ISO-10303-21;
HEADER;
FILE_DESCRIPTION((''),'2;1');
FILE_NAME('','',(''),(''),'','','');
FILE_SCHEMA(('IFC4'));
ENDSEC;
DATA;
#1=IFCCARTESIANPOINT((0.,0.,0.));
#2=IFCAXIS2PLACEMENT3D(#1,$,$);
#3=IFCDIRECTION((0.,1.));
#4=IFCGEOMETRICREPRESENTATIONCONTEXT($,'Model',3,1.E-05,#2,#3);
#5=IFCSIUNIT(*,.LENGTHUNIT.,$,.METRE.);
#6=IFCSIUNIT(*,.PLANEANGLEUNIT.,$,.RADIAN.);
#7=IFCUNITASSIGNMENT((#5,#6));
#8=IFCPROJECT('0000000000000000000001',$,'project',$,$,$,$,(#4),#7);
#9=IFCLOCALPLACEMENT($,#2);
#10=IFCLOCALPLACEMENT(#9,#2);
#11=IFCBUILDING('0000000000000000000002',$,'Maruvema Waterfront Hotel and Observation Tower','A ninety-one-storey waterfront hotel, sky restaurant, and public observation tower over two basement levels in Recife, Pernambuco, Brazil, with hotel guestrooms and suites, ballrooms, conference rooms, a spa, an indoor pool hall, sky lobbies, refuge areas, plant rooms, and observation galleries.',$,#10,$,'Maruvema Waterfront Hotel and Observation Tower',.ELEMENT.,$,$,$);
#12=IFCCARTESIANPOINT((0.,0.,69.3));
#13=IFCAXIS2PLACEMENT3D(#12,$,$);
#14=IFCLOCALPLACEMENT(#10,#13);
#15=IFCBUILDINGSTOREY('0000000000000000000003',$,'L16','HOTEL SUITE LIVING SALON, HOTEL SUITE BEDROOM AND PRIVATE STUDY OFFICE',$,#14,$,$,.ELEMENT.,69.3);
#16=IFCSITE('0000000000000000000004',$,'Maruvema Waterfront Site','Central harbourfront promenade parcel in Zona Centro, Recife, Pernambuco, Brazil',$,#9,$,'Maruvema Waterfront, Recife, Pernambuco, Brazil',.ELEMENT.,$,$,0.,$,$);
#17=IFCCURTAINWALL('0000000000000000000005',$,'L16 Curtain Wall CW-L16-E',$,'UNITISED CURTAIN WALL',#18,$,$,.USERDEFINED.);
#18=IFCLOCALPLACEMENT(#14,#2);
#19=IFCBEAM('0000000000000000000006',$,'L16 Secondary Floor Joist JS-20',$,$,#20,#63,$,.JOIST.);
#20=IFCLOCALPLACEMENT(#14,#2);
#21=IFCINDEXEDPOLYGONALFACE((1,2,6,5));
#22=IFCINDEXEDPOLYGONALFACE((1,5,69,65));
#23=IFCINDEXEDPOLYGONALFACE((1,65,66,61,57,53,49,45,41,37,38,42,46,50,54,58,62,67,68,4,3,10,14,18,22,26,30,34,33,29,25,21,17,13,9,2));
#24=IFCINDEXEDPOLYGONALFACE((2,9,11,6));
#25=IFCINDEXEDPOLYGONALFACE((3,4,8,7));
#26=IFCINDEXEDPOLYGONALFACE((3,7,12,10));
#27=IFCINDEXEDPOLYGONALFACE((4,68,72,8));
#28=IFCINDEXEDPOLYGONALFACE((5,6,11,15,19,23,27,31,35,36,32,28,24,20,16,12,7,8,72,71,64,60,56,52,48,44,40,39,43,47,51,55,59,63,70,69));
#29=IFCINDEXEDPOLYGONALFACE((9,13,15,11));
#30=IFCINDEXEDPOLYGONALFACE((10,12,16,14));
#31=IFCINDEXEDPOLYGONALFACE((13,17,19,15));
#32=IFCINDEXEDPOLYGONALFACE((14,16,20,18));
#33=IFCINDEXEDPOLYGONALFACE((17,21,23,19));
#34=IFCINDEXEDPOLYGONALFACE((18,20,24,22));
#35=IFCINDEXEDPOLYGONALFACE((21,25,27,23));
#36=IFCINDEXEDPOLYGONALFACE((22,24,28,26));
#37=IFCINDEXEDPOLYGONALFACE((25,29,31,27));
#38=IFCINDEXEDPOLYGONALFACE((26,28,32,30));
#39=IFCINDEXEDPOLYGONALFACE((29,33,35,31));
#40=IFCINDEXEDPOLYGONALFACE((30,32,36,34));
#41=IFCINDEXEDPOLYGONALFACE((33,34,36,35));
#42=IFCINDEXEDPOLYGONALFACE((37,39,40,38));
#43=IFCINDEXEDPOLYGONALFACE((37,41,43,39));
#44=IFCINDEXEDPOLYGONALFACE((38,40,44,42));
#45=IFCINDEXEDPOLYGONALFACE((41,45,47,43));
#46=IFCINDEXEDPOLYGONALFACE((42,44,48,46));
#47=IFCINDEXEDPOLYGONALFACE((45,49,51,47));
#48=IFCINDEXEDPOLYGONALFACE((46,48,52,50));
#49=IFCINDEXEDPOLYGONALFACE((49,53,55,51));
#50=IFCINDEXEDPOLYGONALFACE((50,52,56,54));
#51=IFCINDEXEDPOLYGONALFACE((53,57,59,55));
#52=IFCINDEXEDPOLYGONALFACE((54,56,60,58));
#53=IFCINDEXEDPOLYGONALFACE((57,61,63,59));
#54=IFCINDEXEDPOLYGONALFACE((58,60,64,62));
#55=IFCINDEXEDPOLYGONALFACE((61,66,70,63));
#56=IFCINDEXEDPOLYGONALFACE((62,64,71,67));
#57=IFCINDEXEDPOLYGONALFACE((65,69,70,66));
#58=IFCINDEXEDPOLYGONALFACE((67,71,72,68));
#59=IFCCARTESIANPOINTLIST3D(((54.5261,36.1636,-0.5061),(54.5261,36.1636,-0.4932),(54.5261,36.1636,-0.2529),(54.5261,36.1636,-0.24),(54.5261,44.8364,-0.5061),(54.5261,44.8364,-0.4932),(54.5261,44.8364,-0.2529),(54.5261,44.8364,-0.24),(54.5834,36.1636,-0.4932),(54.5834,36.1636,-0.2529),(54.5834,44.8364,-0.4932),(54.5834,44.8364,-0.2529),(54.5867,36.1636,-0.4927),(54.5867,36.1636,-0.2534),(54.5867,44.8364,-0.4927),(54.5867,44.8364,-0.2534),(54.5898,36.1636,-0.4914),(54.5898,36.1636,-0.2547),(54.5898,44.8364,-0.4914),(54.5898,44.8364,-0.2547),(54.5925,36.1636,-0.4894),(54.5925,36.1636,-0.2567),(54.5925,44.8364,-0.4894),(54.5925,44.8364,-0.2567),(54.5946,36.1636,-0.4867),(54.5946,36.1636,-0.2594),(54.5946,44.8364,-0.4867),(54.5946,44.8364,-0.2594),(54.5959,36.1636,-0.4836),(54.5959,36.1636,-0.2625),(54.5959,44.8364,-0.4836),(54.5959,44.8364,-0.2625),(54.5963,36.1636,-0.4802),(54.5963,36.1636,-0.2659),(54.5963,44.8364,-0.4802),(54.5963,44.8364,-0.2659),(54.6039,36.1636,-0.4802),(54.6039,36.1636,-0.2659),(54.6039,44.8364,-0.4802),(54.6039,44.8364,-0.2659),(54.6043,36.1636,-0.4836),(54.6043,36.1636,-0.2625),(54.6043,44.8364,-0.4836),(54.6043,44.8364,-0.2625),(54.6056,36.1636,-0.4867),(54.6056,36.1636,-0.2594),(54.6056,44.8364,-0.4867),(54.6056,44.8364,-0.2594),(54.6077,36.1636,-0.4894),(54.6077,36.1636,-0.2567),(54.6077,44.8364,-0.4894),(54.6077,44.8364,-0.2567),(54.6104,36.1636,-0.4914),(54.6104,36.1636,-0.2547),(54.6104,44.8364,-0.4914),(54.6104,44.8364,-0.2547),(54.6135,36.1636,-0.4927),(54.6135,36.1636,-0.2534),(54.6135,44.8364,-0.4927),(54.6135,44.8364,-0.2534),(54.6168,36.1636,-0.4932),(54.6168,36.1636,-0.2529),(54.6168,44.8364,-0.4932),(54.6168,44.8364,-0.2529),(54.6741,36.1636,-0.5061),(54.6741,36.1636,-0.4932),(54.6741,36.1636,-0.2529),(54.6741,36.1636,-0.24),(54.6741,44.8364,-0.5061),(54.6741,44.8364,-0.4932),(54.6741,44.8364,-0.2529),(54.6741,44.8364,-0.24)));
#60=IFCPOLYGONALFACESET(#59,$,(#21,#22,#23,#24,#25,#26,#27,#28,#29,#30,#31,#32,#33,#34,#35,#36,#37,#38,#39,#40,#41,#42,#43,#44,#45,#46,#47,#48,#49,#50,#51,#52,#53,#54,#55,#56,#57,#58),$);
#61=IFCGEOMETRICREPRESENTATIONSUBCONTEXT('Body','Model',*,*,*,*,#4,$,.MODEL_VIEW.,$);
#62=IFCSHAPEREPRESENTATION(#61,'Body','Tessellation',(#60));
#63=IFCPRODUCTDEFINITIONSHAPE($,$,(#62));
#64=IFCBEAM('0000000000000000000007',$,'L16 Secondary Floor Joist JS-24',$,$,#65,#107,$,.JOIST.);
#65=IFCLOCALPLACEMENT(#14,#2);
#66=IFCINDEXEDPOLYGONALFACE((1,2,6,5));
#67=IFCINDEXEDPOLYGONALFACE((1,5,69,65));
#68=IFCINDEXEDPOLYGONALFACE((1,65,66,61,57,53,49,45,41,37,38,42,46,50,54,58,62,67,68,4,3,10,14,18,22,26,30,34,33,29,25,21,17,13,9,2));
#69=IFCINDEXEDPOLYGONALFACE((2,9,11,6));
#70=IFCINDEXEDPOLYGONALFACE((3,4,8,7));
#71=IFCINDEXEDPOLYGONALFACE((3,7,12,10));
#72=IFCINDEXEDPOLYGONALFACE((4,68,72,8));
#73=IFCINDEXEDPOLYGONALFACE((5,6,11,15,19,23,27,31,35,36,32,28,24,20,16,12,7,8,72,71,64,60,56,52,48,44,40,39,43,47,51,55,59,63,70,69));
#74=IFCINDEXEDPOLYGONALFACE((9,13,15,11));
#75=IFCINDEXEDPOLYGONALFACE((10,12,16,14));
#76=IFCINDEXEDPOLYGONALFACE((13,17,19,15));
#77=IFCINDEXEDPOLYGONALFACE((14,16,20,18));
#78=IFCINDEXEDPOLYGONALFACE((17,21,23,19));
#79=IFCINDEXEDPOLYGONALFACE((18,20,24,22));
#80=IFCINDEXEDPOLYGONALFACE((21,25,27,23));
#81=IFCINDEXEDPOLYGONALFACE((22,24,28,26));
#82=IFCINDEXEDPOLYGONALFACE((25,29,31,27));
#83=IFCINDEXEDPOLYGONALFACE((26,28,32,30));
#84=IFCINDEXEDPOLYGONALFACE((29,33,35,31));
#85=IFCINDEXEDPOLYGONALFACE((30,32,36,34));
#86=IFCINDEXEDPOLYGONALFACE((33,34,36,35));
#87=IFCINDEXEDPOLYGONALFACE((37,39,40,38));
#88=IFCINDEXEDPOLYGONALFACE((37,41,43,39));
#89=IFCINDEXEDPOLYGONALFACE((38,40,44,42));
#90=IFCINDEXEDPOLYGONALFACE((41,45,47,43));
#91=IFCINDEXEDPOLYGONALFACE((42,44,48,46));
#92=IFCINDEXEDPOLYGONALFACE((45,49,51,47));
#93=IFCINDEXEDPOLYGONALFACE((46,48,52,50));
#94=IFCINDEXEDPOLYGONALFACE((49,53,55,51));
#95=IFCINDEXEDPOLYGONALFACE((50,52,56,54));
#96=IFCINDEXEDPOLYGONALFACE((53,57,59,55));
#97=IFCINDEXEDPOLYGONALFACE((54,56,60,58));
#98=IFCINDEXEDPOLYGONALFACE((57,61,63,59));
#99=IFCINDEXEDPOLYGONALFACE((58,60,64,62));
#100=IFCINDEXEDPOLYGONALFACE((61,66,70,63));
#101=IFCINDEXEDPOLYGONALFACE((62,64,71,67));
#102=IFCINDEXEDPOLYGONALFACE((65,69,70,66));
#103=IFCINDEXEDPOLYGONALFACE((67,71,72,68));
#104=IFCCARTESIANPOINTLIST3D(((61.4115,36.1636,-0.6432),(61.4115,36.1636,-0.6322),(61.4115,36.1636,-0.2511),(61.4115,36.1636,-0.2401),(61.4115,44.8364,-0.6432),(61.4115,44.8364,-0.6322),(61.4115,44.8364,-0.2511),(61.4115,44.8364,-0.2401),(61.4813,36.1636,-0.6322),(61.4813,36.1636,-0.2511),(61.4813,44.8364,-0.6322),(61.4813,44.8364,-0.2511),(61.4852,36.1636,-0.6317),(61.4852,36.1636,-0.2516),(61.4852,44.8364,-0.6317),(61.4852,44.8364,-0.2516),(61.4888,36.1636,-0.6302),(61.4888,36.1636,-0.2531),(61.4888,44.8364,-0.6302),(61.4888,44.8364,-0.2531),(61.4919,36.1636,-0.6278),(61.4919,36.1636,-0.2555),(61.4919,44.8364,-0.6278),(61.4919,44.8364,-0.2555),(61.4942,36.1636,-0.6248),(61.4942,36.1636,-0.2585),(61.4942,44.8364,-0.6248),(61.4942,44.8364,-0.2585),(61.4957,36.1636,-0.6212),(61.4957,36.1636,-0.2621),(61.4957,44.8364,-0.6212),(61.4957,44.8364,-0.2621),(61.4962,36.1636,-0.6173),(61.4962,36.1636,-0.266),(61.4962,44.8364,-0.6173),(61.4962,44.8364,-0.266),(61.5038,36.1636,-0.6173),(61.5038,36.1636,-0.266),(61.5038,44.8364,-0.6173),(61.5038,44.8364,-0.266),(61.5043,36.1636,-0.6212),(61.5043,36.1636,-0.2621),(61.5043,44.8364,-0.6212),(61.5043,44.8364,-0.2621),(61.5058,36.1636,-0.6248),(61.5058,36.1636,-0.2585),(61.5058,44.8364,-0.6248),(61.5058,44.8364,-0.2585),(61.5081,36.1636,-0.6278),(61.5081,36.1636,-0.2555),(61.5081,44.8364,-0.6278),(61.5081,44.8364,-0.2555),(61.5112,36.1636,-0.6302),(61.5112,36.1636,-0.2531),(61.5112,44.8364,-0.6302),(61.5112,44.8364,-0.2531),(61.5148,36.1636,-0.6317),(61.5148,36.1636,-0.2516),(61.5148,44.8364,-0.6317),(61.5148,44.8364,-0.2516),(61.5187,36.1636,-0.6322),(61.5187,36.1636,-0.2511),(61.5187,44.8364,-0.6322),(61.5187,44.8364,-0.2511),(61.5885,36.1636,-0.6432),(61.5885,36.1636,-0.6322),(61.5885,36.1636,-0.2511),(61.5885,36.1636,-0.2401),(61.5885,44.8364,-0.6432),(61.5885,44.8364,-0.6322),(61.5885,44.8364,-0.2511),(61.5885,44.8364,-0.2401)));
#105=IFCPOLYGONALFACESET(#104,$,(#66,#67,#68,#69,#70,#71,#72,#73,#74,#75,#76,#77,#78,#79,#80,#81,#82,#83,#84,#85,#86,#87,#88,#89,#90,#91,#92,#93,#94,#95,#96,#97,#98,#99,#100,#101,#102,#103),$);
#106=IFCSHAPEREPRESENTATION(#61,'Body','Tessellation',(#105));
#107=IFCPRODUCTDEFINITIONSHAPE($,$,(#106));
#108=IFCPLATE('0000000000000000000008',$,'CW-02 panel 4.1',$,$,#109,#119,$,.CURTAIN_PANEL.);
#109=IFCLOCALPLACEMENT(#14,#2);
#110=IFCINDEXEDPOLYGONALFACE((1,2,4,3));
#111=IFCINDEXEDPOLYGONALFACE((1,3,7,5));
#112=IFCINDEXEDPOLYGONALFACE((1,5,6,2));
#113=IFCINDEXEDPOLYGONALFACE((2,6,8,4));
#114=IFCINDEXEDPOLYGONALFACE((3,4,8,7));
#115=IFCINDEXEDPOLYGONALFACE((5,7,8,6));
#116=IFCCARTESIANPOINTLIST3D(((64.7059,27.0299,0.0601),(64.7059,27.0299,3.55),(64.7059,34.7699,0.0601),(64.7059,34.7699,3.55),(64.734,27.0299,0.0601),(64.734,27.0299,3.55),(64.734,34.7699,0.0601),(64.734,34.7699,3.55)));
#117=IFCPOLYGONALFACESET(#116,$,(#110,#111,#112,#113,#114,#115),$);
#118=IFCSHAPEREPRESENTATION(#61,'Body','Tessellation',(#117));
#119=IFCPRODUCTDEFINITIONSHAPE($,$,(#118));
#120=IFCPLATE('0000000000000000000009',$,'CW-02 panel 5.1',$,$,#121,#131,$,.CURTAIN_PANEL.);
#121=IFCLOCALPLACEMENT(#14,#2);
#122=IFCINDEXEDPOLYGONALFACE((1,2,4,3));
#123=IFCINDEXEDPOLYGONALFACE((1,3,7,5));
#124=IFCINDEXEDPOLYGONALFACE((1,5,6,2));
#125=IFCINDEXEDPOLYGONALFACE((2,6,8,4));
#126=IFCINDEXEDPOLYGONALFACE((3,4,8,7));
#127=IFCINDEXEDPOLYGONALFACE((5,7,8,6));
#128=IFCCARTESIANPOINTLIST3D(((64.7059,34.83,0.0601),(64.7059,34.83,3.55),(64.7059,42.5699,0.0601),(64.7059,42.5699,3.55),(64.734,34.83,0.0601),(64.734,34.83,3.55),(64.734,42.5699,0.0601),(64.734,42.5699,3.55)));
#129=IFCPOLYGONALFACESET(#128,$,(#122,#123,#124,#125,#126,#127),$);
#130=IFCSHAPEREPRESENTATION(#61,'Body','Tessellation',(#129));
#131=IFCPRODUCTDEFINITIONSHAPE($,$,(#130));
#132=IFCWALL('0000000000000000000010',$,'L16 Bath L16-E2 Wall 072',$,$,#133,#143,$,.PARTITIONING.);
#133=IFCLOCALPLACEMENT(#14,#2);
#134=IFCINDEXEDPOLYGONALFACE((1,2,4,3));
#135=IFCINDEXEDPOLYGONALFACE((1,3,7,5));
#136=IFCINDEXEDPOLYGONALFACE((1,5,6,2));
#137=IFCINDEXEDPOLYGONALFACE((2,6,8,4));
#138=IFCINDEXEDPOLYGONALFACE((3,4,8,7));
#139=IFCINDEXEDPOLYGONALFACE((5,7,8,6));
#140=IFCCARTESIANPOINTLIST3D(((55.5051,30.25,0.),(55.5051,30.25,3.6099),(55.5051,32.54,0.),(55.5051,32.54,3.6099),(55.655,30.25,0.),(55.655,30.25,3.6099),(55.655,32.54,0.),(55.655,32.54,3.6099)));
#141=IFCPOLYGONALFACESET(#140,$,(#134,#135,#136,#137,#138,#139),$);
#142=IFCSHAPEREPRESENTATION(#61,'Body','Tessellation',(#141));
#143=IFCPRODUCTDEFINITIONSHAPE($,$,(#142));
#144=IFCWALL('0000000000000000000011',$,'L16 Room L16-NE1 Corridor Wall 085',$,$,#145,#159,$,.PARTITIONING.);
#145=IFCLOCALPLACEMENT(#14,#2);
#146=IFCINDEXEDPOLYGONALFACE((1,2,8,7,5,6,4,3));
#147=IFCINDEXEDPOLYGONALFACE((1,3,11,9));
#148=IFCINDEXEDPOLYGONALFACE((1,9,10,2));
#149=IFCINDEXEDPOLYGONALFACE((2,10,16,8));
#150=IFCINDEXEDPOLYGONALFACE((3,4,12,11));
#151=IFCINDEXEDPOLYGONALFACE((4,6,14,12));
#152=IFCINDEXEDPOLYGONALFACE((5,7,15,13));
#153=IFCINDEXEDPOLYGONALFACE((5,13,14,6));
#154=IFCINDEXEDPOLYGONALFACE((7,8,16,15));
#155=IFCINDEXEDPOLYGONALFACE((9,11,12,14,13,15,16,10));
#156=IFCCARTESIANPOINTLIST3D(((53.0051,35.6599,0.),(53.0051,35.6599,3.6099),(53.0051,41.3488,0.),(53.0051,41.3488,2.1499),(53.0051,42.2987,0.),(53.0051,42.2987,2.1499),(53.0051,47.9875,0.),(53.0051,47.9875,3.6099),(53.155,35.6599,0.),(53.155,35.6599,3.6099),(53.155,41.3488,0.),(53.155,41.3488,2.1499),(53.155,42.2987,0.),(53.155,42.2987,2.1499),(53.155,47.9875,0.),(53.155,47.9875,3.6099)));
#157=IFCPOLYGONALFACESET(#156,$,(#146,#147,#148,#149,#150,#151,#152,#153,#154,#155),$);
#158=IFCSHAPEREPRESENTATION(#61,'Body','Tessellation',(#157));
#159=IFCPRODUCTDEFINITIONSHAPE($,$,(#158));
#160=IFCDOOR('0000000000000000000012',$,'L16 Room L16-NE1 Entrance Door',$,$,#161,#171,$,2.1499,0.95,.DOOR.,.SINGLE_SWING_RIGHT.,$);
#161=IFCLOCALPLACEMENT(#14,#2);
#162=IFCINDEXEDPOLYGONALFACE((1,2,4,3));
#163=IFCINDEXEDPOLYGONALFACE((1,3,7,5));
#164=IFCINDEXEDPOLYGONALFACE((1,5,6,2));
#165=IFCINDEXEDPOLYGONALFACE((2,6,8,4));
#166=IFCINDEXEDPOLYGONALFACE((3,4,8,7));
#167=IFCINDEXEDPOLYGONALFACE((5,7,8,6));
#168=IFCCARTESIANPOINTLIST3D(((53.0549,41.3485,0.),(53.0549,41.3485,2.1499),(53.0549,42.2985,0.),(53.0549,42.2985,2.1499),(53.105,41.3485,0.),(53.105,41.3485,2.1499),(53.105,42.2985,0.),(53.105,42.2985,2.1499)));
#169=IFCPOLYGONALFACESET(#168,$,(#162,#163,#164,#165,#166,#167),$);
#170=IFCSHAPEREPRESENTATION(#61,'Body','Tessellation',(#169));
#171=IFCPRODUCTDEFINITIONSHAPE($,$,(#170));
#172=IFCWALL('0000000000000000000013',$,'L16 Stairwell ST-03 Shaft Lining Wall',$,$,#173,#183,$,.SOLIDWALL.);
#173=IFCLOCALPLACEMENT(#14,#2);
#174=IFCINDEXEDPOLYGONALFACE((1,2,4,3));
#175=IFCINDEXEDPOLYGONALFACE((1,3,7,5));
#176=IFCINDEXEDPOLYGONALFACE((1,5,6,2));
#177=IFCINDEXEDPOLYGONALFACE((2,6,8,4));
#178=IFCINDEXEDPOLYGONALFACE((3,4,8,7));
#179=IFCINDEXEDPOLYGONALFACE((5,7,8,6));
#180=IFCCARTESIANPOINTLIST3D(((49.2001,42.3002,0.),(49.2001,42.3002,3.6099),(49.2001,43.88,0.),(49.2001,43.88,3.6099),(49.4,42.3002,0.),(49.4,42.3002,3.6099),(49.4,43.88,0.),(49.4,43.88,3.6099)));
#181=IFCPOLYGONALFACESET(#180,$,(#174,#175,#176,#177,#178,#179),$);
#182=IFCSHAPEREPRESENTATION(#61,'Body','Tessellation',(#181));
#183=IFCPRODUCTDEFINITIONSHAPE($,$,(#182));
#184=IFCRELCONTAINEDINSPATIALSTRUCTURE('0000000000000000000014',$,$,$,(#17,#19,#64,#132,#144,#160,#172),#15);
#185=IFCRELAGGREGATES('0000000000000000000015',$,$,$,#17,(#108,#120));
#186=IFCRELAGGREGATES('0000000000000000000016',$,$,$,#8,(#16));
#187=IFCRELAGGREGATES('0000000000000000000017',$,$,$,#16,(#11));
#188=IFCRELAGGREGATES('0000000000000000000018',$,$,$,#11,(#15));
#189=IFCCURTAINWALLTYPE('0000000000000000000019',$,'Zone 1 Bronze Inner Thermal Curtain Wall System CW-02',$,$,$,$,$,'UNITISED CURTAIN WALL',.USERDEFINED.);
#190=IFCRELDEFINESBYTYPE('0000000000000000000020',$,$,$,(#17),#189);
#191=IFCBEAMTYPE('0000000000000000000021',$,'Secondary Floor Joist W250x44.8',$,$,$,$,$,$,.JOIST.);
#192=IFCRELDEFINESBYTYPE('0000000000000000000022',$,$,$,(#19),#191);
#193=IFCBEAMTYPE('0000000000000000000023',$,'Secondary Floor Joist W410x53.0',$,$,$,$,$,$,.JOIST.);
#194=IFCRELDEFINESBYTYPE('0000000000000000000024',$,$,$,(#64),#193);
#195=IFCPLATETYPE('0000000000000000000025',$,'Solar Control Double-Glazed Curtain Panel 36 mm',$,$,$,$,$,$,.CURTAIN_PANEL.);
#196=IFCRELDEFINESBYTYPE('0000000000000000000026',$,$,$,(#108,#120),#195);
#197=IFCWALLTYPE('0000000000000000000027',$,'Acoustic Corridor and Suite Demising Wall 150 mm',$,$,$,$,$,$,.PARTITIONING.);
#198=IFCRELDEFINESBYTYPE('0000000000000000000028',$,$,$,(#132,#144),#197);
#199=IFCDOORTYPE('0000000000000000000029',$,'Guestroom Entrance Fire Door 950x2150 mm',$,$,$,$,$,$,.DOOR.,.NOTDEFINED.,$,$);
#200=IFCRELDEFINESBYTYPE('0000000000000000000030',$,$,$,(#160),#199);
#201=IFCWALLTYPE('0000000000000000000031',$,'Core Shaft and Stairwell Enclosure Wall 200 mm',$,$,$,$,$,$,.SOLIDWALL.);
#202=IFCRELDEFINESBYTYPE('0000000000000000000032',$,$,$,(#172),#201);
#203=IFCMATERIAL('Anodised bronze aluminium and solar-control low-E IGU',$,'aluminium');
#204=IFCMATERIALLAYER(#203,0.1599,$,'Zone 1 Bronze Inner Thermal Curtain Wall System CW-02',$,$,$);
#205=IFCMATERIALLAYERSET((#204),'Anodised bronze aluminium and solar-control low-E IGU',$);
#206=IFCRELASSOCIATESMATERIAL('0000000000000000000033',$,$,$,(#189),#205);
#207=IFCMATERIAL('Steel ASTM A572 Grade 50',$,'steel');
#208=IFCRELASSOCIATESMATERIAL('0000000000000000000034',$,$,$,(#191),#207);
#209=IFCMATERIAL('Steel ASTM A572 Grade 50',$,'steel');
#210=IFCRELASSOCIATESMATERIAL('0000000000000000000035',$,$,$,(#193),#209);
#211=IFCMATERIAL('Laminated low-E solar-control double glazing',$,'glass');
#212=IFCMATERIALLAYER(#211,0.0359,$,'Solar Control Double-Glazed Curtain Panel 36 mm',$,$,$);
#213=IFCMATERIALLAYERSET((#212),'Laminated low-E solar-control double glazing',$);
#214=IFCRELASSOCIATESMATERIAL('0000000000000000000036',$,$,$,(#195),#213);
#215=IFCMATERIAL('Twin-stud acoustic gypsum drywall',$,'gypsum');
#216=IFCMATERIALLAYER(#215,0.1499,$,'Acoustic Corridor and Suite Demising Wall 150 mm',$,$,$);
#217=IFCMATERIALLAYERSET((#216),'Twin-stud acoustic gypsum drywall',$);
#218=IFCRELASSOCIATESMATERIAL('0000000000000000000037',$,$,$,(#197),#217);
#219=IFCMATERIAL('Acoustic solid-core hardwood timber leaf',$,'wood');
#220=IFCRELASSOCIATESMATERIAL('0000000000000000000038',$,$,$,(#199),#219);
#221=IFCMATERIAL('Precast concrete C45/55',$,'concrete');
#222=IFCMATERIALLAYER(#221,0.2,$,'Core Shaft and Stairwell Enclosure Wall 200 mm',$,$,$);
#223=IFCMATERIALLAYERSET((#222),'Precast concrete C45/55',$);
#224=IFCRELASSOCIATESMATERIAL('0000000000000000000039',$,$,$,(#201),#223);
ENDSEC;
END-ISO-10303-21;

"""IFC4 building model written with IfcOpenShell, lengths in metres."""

from ifc_helpers import new_model, si_unit, direction, frame, frame_2d, origin, origin_2d, place, context, subcontext, project, spatial, rectangle, i_section, extrude, material, layer, layer_set, material_profile, profile_set, type_object, element, fill, aggregate, save


model = new_model("IFC4")

# Units and contexts
model_context = context("Model", 3, precision=1e-05, world=origin(), true_north=direction((0.0, 1.0)))
body_context = subcontext(model_context, "Body", "Model", "MODEL_VIEW")
ifc_project = project(units=[si_unit("LENGTHUNIT", "METRE"), si_unit("PLANEANGLEUNIT", "RADIAN")], contexts=[model_context])

# Site, building, storey
site_placement = place(None, origin())
site = spatial("IfcSite", under=ifc_project, at=site_placement, Name="Maruvema Waterfront Site", Description="Central harbourfront promenade parcel in Zona Centro, Recife, Pernambuco, Brazil", LongName="Maruvema Waterfront, Recife, Pernambuco, Brazil", CompositionType="ELEMENT", RefElevation=0.0)
building_placement = place(site_placement, origin())
building = spatial("IfcBuilding", under=site, at=building_placement, Name="Maruvema Waterfront Hotel and Observation Tower", Description="A ninety-one-storey waterfront hotel, sky restaurant, and public observation tower over two basement levels in Recife, Pernambuco, Brazil, with hotel guestrooms and suites, ballrooms, conference rooms, a spa, an indoor pool hall, sky lobbies, refuge areas, plant rooms, and observation galleries.", LongName="Maruvema Waterfront Hotel and Observation Tower", CompositionType="ELEMENT")
storey_placement = place(building_placement, frame((0.0, 0.0, 69.3)))
storey = spatial("IfcBuildingStorey", under=building, at=storey_placement, Name="L16", Description="HOTEL SUITE LIVING SALON, HOTEL SUITE BEDROOM AND PRIVATE STUDY OFFICE", CompositionType="ELEMENT", Elevation=69.3)

# Curtain wall
ifc_material_1 = material(Name="Anodised bronze aluminium and solar-control low-E IGU", Category="aluminium")
ifc_layer_1 = layer(ifc_material_1, 0.1599, Name="Zone 1 Bronze Inner Thermal Curtain Wall System CW-02")
ifc_layer_set_1 = layer_set([ifc_layer_1], Name="Anodised bronze aluminium and solar-control low-E IGU")
curtain_wall_type = type_object("IfcCurtainWallType", Name="Zone 1 Bronze Inner Thermal Curtain Wall System CW-02", ElementType="UNITISED CURTAIN WALL", PredefinedType="USERDEFINED", material=ifc_layer_set_1)
curtain_wall_placement = place(storey_placement, origin())
curtain_wall = element("IfcCurtainWall", 1, at=curtain_wall_placement, inside=storey, type_object=curtain_wall_type, Name="L16 Curtain Wall CW-L16-E", ObjectType="UNITISED CURTAIN WALL", PredefinedType="USERDEFINED")

# Beams
ifc_material_2 = material(Name="Steel ASTM A572 Grade 50", Category="steel")
ifc_material_profile_1 = material_profile(ifc_material_2, i_section(OverallWidth=0.1479, OverallDepth=0.2661, WebThickness=0.0076, FlangeThickness=0.0129, FilletRadius=0.0129, at=origin_2d()), Name="W250x44.8")
ifc_profile_set_1 = profile_set([ifc_material_profile_1], Name="Steel ASTM A572 Grade 50")
beam_type_1 = type_object("IfcBeamType", Name="Secondary Floor Joist W250x44.8", PredefinedType="JOIST", material=ifc_profile_set_1)
beam_1_placement = place(storey_placement, frame((54.6001, 36.1636, -0.373), z_axis=(0.0, 1.0, 0.0), x_axis=(-1.0, 0.0, 0.0)))
element("IfcBeam", 2, at=beam_1_placement, inside=storey, type_object=beam_type_1, Name="L16 Secondary Floor Joist JS-20", PredefinedType="JOIST", context=body_context, shape_type="SweptSolid", body=[
    extrude(i_section(OverallWidth=0.1479, OverallDepth=0.2661, WebThickness=0.0076, FlangeThickness=0.0129, FilletRadius=0.0129, at=origin_2d()), origin(), (0.0, 0.0, 1.0), 8.6729),
])
ifc_material_3 = material(Name="Steel ASTM A572 Grade 50", Category="steel")
ifc_material_profile_2 = material_profile(ifc_material_3, i_section(OverallWidth=0.177, OverallDepth=0.4031, WebThickness=0.0076, FlangeThickness=0.011, FilletRadius=0.0149, at=origin_2d()), Name="W410x53.0")
ifc_profile_set_2 = profile_set([ifc_material_profile_2], Name="Steel ASTM A572 Grade 50")
beam_type_2 = type_object("IfcBeamType", Name="Secondary Floor Joist W410x53.0", PredefinedType="JOIST", material=ifc_profile_set_2)
beam_2_placement = place(storey_placement, frame((61.5, 36.1636, -0.4417), z_axis=(0.0, 1.0, 0.0), x_axis=(-1.0, 0.0, 0.0)))
element("IfcBeam", 3, at=beam_2_placement, inside=storey, type_object=beam_type_2, Name="L16 Secondary Floor Joist JS-24", PredefinedType="JOIST", context=body_context, shape_type="SweptSolid", body=[
    extrude(i_section(OverallWidth=0.177, OverallDepth=0.4031, WebThickness=0.0076, FlangeThickness=0.011, FilletRadius=0.0149, at=origin_2d()), origin(), (0.0, 0.0, 1.0), 8.6729),
])

# Plates
ifc_material_4 = material(Name="Laminated low-E solar-control double glazing", Category="glass")
ifc_layer_2 = layer(ifc_material_4, 0.0359, Name="Solar Control Double-Glazed Curtain Panel 36 mm")
ifc_layer_set_2 = layer_set([ifc_layer_2], Name="Laminated low-E solar-control double glazing")
plate_type = type_object("IfcPlateType", Name="Solar Control Double-Glazed Curtain Panel 36 mm", PredefinedType="CURTAIN_PANEL", material=ifc_layer_set_2)
plate_1_placement = place(storey_placement, frame((64.72, 30.8999, 0.0601), z_axis=(0.0, 0.0, 1.0), x_axis=(0.0, 1.0, 0.0)))
plate_1 = element("IfcPlate", 4, at=plate_1_placement, type_object=plate_type, Name="CW-02 panel 4.1", PredefinedType="CURTAIN_PANEL", context=body_context, shape_type="SweptSolid", body=[
    extrude(rectangle(XDim=7.74, YDim=0.0281, at=origin_2d()), origin(), (0.0, 0.0, 1.0), 3.49),
])
plate_2_placement = place(storey_placement, frame((64.72, 38.7, 0.0601), z_axis=(0.0, 0.0, 1.0), x_axis=(0.0, 1.0, 0.0)))
plate_2 = element("IfcPlate", 5, at=plate_2_placement, type_object=plate_type, Name="CW-02 panel 5.1", PredefinedType="CURTAIN_PANEL", context=body_context, shape_type="SweptSolid", body=[
    extrude(rectangle(XDim=7.74, YDim=0.0281, at=origin_2d()), origin(), (0.0, 0.0, 1.0), 3.49),
])
aggregate(curtain_wall, [plate_1, plate_2])

# Wall
ifc_material_5 = material(Name="Twin-stud acoustic gypsum drywall", Category="gypsum")
ifc_layer_3 = layer(ifc_material_5, 0.1499, Name="Acoustic Corridor and Suite Demising Wall 150 mm")
ifc_layer_set_3 = layer_set([ifc_layer_3], Name="Twin-stud acoustic gypsum drywall")
wall_type_1 = type_object("IfcWallType", Name="Acoustic Corridor and Suite Demising Wall 150 mm", PredefinedType="PARTITIONING", material=ifc_layer_set_3)
wall_1_placement = place(storey_placement, frame((55.5801, 30.25, 0.0), z_axis=(0.0, 0.0, 1.0), x_axis=(0.0, 1.0, 0.0)))
element("IfcWall", 6, at=wall_1_placement, inside=storey, type_object=wall_type_1, Name="L16 Bath L16-E2 Wall 072", PredefinedType="PARTITIONING", context=body_context, shape_type="SweptSolid", body=[
    extrude(rectangle(XDim=2.29, YDim=0.1499, at=frame_2d((1.145, 0.0))), origin(), (0.0, 0.0, 1.0), 3.6099),
])

# Wall, opening, door
wall_2_placement = place(storey_placement, frame((53.0801, 35.6599, 0.0), z_axis=(0.0, 0.0, 1.0), x_axis=(0.0, 1.0, 0.0)))
wall_2 = element("IfcWall", 7, at=wall_2_placement, inside=storey, type_object=wall_type_1, Name="L16 Room L16-NE1 Corridor Wall 085", PredefinedType="PARTITIONING", context=body_context, shape_type="SweptSolid", body=[
    extrude(rectangle(XDim=12.3276, YDim=0.1499, at=frame_2d((6.1638, 0.0))), origin(), (0.0, 0.0, 1.0), 3.6099),
])
opening_1_placement = place(wall_2_placement, frame((5.6887, 0.0, 0.0)))
opening_1 = element("IfcOpeningElement", 8, at=opening_1_placement, cuts=wall_2, PredefinedType="OPENING", context=body_context, shape_type="SweptSolid", body=[
    extrude(rectangle(XDim=0.95, YDim=2.1499, at=frame_2d((0.4751, 1.075))), frame((0.0, 0.085, 0.0), z_axis=(0.0, -1.0, 0.0), x_axis=(1.0, 0.0, 0.0)), (0.0, 0.0, 1.0), 0.1699),
])
ifc_material_6 = material(Name="Acoustic solid-core hardwood timber leaf", Category="wood")
door_type_1 = type_object("IfcDoorType", Name="Guestroom Entrance Fire Door 950x2150 mm", OperationType="NOTDEFINED", PredefinedType="DOOR", material=ifc_material_6)
door_1_placement = place(opening_1_placement, frame((0.95, 0.0, 0.0), z_axis=(0.0, 0.0, 1.0), x_axis=(-1.0, 0.0, 0.0)))
door_1 = element("IfcDoor", 9, at=door_1_placement, inside=storey, type_object=door_type_1, Name="L16 Room L16-NE1 Entrance Door", OperationType="SINGLE_SWING_RIGHT", OverallHeight=2.1499, OverallWidth=0.95, PredefinedType="DOOR", context=body_context, shape_type="SweptSolid", body=[
    extrude(rectangle(XDim=0.95, YDim=2.1499, at=frame_2d((0.4751, 1.075))), frame((0.0, 0.0249, 0.0), z_axis=(0.0, -1.0, 0.0), x_axis=(1.0, 0.0, 0.0)), (0.0, 0.0, 1.0), 0.05),
])
fill(opening_1, door_1)

# Wall
ifc_material_7 = material(Name="Precast concrete C45/55", Category="concrete")
ifc_layer_4 = layer(ifc_material_7, 0.2, Name="Core Shaft and Stairwell Enclosure Wall 200 mm")
ifc_layer_set_4 = layer_set([ifc_layer_4], Name="Precast concrete C45/55")
wall_type_2 = type_object("IfcWallType", Name="Core Shaft and Stairwell Enclosure Wall 200 mm", PredefinedType="SOLIDWALL", material=ifc_layer_set_4)
wall_3_placement = place(storey_placement, frame((49.3, 42.3, 0.0), z_axis=(0.0, 0.0, 1.0), x_axis=(0.0, 1.0, 0.0)))
element("IfcWall", 10, at=wall_3_placement, inside=storey, type_object=wall_type_2, Name="L16 Stairwell ST-03 Shaft Lining Wall", PredefinedType="SOLIDWALL", context=body_context, shape_type="SweptSolid", body=[
    extrude(rectangle(XDim=1.5798, YDim=0.2, at=frame_2d((0.79, 0.0))), origin(), (0.0, 0.0, 1.0), 3.6099),
])

save(model, "model.ifc")
